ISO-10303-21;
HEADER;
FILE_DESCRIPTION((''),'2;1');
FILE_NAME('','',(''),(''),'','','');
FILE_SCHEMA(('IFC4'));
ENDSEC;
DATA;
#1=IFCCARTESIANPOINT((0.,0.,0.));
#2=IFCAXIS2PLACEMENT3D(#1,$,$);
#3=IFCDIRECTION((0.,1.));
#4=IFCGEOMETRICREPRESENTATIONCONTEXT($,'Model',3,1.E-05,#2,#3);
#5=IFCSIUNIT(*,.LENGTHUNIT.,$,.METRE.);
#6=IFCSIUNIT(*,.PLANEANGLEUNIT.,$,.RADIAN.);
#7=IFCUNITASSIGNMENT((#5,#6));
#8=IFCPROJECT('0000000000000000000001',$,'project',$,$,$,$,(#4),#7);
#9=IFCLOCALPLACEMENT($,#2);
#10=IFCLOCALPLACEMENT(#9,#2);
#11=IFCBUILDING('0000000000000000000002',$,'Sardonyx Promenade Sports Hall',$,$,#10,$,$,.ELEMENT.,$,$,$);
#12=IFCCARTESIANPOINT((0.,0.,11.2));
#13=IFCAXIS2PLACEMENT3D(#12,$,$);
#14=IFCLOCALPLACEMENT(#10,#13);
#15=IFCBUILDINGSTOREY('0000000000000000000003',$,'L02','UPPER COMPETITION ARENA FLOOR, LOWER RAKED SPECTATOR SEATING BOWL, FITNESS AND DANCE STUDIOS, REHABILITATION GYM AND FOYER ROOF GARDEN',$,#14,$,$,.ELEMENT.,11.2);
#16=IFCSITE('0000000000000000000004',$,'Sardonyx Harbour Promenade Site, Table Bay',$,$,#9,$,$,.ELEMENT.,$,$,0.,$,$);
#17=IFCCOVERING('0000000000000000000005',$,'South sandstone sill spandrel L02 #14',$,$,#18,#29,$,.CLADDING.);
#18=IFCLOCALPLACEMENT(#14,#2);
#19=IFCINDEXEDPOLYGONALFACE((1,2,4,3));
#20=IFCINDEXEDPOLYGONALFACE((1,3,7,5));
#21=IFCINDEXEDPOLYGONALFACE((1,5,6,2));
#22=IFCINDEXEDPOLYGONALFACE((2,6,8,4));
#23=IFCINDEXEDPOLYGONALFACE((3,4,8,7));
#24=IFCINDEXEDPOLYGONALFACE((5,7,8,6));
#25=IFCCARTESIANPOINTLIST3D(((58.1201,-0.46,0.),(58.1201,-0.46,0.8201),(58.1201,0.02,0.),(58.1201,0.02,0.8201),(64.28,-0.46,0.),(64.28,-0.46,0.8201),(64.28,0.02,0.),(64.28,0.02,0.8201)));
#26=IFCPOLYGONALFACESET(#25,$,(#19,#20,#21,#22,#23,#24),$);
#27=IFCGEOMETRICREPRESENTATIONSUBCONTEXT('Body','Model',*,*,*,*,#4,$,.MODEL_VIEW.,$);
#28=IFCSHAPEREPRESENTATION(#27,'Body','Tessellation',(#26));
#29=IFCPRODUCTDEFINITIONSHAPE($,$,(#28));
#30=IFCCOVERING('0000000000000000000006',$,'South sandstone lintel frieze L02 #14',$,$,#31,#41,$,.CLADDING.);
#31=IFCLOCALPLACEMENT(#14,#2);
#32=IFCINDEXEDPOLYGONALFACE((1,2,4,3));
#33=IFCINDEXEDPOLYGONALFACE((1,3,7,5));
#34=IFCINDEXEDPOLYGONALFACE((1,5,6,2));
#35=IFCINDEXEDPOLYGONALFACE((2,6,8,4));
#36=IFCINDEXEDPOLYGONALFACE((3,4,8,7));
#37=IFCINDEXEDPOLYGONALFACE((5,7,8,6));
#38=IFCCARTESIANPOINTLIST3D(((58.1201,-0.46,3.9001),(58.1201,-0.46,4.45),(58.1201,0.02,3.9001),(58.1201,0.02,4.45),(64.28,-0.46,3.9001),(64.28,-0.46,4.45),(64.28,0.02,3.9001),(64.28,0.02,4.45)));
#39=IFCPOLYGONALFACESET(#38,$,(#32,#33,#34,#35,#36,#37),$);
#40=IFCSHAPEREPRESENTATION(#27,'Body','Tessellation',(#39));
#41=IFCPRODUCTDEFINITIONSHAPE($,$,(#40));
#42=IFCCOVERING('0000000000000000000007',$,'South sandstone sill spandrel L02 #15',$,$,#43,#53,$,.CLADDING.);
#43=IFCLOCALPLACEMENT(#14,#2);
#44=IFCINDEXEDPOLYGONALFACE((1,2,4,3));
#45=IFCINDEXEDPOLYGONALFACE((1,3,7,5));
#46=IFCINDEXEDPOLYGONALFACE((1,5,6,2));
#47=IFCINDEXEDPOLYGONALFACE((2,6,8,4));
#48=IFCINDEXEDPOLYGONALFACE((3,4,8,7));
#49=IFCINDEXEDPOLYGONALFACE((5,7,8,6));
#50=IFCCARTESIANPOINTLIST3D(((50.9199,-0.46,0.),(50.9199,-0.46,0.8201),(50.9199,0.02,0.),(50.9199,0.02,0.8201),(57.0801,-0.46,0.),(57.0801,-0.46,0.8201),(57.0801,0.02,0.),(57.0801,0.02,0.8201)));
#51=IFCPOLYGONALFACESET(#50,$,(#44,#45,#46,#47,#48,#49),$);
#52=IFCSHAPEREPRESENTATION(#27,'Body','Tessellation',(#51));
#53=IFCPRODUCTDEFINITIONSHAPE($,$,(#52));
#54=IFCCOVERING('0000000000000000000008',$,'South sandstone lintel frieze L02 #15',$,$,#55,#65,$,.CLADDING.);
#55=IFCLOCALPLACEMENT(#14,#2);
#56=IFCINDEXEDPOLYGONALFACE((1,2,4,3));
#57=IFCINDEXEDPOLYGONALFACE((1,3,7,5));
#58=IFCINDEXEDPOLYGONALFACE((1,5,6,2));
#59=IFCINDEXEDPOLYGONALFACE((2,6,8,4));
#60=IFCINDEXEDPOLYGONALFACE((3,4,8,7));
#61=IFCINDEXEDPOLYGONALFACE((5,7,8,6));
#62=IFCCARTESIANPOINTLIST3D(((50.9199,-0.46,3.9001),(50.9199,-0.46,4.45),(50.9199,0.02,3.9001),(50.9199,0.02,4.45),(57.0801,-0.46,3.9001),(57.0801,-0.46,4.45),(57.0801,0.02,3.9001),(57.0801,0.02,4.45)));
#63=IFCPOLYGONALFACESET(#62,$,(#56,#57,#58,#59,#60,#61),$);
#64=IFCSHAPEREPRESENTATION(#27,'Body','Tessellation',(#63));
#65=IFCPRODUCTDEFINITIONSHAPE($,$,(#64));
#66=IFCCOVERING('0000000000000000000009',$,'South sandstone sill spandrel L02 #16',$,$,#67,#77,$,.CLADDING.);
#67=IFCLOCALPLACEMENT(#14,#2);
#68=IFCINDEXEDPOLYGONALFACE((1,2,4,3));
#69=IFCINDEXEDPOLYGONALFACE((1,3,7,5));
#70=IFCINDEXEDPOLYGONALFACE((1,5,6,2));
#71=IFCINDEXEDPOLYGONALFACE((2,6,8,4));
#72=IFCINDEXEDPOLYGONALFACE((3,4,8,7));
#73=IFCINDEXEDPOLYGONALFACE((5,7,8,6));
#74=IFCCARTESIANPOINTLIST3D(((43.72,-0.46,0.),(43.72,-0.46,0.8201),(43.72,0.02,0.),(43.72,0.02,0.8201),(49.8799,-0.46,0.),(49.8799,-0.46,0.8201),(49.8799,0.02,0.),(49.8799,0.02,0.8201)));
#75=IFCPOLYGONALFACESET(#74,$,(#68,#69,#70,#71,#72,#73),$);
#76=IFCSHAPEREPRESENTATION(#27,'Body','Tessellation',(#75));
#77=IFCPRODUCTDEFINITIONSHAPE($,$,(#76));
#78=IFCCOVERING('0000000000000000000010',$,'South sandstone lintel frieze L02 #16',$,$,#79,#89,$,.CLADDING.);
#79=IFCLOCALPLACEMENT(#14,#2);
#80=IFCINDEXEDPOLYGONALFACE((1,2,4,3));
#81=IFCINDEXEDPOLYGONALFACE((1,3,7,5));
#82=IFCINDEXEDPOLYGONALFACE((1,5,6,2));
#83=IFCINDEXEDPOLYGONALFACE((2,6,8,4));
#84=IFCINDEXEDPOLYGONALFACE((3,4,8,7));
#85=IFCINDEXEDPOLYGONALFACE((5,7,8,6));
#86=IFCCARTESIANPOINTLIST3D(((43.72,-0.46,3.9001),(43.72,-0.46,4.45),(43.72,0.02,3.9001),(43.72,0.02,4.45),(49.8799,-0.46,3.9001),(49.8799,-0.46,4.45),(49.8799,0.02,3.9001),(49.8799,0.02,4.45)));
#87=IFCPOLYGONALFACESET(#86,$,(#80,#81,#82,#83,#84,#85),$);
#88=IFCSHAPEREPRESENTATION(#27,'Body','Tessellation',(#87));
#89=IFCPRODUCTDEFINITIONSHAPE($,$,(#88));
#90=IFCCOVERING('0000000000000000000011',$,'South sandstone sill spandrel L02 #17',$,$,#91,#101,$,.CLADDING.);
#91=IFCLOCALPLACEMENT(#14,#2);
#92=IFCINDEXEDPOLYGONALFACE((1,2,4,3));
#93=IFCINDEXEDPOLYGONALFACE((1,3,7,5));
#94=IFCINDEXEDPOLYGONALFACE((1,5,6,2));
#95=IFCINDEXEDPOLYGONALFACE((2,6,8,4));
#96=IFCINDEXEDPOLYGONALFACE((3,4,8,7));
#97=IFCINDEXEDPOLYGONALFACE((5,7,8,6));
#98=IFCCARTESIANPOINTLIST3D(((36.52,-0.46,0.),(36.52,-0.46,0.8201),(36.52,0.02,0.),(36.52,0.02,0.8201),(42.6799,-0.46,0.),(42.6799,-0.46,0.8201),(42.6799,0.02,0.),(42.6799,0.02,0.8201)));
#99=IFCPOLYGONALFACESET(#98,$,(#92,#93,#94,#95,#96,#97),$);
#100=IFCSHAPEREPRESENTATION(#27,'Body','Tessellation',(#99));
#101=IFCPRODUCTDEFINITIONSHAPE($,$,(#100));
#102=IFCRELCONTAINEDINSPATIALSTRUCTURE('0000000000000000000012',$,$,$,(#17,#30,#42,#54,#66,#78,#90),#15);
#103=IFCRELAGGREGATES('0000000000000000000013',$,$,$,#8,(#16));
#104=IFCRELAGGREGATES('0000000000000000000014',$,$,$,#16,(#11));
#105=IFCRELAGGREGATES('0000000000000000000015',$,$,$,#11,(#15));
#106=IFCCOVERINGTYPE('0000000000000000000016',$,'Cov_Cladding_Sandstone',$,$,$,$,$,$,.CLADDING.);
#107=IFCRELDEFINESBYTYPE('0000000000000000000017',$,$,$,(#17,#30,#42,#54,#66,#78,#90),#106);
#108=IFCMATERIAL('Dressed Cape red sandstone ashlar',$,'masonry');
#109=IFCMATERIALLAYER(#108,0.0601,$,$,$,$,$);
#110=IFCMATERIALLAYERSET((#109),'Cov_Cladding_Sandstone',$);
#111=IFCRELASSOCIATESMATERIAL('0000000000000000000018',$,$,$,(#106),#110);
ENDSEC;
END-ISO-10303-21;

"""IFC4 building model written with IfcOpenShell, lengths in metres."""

from ifc_helpers import new_model, si_unit, direction, frame, origin, place, context, subcontext, project, spatial, polyline, outline, extrude, material, layer, layer_set, type_object, element, save


model = new_model("IFC4")

# Units and contexts
model_context = context("Model", 3, precision=1e-05, world=origin(), true_north=direction((0.0, 1.0)))
body_context = subcontext(model_context, "Body", "Model", "MODEL_VIEW")
ifc_project = project(units=[si_unit("LENGTHUNIT", "METRE"), si_unit("PLANEANGLEUNIT", "RADIAN")], contexts=[model_context])

# Site, building, storey
site_placement = place(None, origin())
site = spatial("IfcSite", under=ifc_project, at=site_placement, Name="Sardonyx Harbour Promenade Site, Table Bay", CompositionType="ELEMENT", RefElevation=0.0)
building_placement = place(site_placement, origin())
building = spatial("IfcBuilding", under=site, at=building_placement, Name="Sardonyx Promenade Sports Hall", CompositionType="ELEMENT")
storey_placement = place(building_placement, frame((0.0, 0.0, 11.2)))
storey = spatial("IfcBuildingStorey", under=building, at=storey_placement, Name="L02", Description="UPPER COMPETITION ARENA FLOOR, LOWER RAKED SPECTATOR SEATING BOWL, FITNESS AND DANCE STUDIOS, REHABILITATION GYM AND FOYER ROOF GARDEN", CompositionType="ELEMENT", Elevation=11.2)

# Coverings
ifc_material = material(Name="Dressed Cape red sandstone ashlar", Category="masonry")
ifc_layer = layer(ifc_material, 0.0601)
ifc_layer_set = layer_set([ifc_layer], Name="Cov_Cladding_Sandstone")
covering_type = type_object("IfcCoveringType", Name="Cov_Cladding_Sandstone", PredefinedType="CLADDING", material=ifc_layer_set)
covering_1_placement = place(storey_placement, origin())
element("IfcCovering", 1, at=covering_1_placement, inside=storey, type_object=covering_type, Name="South sandstone sill spandrel L02 #14", PredefinedType="CLADDING", context=body_context, shape_type="SweptSolid", body=[
    extrude(outline(polyline([(58.1201, -0.46), (64.28, -0.46), (64.28, 0.02), (58.1201, 0.02), (58.1201, -0.46)])), origin(), (0.0, 0.0, 1.0), 0.8201),
])
covering_2_placement = place(storey_placement, frame((0.0, 0.0, 3.9001)))
element("IfcCovering", 2, at=covering_2_placement, inside=storey, type_object=covering_type, Name="South sandstone lintel frieze L02 #14", PredefinedType="CLADDING", context=body_context, shape_type="SweptSolid", body=[
    extrude(outline(polyline([(58.1201, -0.46), (64.28, -0.46), (64.28, 0.02), (58.1201, 0.02), (58.1201, -0.46)])), origin(), (0.0, 0.0, 1.0), 0.5498),
])
covering_3_placement = place(storey_placement, origin())
element("IfcCovering", 3, at=covering_3_placement, inside=storey, type_object=covering_type, Name="South sandstone sill spandrel L02 #15", PredefinedType="CLADDING", context=body_context, shape_type="SweptSolid", body=[
    extrude(outline(polyline([(50.9199, -0.46), (57.0801, -0.46), (57.0801, 0.02), (50.9199, 0.02), (50.9199, -0.46)])), origin(), (0.0, 0.0, 1.0), 0.8201),
])
covering_4_placement = place(storey_placement, frame((0.0, 0.0, 3.9001)))
element("IfcCovering", 4, at=covering_4_placement, inside=storey, type_object=covering_type, Name="South sandstone lintel frieze L02 #15", PredefinedType="CLADDING", context=body_context, shape_type="SweptSolid", body=[
    extrude(outline(polyline([(50.9199, -0.46), (57.0801, -0.46), (57.0801, 0.02), (50.9199, 0.02), (50.9199, -0.46)])), origin(), (0.0, 0.0, 1.0), 0.5498),
])
covering_5_placement = place(storey_placement, origin())
element("IfcCovering", 5, at=covering_5_placement, inside=storey, type_object=covering_type, Name="South sandstone sill spandrel L02 #16", PredefinedType="CLADDING", context=body_context, shape_type="SweptSolid", body=[
    extrude(outline(polyline([(43.72, -0.46), (49.8799, -0.46), (49.8799, 0.02), (43.72, 0.02), (43.72, -0.46)])), origin(), (0.0, 0.0, 1.0), 0.8201),
])
covering_6_placement = place(storey_placement, frame((0.0, 0.0, 3.9001)))
element("IfcCovering", 6, at=covering_6_placement, inside=storey, type_object=covering_type, Name="South sandstone lintel frieze L02 #16", PredefinedType="CLADDING", context=body_context, shape_type="SweptSolid", body=[
    extrude(outline(polyline([(43.72, -0.46), (49.8799, -0.46), (49.8799, 0.02), (43.72, 0.02), (43.72, -0.46)])), origin(), (0.0, 0.0, 1.0), 0.5498),
])
covering_7_placement = place(storey_placement, origin())
element("IfcCovering", 7, at=covering_7_placement, inside=storey, type_object=covering_type, Name="South sandstone sill spandrel L02 #17", PredefinedType="CLADDING", context=body_context, shape_type="SweptSolid", body=[
    extrude(outline(polyline([(36.52, -0.46), (42.6799, -0.46), (42.6799, 0.02), (36.52, 0.02), (36.52, -0.46)])), origin(), (0.0, 0.0, 1.0), 0.8201),
])

save(model, "model.ifc")
